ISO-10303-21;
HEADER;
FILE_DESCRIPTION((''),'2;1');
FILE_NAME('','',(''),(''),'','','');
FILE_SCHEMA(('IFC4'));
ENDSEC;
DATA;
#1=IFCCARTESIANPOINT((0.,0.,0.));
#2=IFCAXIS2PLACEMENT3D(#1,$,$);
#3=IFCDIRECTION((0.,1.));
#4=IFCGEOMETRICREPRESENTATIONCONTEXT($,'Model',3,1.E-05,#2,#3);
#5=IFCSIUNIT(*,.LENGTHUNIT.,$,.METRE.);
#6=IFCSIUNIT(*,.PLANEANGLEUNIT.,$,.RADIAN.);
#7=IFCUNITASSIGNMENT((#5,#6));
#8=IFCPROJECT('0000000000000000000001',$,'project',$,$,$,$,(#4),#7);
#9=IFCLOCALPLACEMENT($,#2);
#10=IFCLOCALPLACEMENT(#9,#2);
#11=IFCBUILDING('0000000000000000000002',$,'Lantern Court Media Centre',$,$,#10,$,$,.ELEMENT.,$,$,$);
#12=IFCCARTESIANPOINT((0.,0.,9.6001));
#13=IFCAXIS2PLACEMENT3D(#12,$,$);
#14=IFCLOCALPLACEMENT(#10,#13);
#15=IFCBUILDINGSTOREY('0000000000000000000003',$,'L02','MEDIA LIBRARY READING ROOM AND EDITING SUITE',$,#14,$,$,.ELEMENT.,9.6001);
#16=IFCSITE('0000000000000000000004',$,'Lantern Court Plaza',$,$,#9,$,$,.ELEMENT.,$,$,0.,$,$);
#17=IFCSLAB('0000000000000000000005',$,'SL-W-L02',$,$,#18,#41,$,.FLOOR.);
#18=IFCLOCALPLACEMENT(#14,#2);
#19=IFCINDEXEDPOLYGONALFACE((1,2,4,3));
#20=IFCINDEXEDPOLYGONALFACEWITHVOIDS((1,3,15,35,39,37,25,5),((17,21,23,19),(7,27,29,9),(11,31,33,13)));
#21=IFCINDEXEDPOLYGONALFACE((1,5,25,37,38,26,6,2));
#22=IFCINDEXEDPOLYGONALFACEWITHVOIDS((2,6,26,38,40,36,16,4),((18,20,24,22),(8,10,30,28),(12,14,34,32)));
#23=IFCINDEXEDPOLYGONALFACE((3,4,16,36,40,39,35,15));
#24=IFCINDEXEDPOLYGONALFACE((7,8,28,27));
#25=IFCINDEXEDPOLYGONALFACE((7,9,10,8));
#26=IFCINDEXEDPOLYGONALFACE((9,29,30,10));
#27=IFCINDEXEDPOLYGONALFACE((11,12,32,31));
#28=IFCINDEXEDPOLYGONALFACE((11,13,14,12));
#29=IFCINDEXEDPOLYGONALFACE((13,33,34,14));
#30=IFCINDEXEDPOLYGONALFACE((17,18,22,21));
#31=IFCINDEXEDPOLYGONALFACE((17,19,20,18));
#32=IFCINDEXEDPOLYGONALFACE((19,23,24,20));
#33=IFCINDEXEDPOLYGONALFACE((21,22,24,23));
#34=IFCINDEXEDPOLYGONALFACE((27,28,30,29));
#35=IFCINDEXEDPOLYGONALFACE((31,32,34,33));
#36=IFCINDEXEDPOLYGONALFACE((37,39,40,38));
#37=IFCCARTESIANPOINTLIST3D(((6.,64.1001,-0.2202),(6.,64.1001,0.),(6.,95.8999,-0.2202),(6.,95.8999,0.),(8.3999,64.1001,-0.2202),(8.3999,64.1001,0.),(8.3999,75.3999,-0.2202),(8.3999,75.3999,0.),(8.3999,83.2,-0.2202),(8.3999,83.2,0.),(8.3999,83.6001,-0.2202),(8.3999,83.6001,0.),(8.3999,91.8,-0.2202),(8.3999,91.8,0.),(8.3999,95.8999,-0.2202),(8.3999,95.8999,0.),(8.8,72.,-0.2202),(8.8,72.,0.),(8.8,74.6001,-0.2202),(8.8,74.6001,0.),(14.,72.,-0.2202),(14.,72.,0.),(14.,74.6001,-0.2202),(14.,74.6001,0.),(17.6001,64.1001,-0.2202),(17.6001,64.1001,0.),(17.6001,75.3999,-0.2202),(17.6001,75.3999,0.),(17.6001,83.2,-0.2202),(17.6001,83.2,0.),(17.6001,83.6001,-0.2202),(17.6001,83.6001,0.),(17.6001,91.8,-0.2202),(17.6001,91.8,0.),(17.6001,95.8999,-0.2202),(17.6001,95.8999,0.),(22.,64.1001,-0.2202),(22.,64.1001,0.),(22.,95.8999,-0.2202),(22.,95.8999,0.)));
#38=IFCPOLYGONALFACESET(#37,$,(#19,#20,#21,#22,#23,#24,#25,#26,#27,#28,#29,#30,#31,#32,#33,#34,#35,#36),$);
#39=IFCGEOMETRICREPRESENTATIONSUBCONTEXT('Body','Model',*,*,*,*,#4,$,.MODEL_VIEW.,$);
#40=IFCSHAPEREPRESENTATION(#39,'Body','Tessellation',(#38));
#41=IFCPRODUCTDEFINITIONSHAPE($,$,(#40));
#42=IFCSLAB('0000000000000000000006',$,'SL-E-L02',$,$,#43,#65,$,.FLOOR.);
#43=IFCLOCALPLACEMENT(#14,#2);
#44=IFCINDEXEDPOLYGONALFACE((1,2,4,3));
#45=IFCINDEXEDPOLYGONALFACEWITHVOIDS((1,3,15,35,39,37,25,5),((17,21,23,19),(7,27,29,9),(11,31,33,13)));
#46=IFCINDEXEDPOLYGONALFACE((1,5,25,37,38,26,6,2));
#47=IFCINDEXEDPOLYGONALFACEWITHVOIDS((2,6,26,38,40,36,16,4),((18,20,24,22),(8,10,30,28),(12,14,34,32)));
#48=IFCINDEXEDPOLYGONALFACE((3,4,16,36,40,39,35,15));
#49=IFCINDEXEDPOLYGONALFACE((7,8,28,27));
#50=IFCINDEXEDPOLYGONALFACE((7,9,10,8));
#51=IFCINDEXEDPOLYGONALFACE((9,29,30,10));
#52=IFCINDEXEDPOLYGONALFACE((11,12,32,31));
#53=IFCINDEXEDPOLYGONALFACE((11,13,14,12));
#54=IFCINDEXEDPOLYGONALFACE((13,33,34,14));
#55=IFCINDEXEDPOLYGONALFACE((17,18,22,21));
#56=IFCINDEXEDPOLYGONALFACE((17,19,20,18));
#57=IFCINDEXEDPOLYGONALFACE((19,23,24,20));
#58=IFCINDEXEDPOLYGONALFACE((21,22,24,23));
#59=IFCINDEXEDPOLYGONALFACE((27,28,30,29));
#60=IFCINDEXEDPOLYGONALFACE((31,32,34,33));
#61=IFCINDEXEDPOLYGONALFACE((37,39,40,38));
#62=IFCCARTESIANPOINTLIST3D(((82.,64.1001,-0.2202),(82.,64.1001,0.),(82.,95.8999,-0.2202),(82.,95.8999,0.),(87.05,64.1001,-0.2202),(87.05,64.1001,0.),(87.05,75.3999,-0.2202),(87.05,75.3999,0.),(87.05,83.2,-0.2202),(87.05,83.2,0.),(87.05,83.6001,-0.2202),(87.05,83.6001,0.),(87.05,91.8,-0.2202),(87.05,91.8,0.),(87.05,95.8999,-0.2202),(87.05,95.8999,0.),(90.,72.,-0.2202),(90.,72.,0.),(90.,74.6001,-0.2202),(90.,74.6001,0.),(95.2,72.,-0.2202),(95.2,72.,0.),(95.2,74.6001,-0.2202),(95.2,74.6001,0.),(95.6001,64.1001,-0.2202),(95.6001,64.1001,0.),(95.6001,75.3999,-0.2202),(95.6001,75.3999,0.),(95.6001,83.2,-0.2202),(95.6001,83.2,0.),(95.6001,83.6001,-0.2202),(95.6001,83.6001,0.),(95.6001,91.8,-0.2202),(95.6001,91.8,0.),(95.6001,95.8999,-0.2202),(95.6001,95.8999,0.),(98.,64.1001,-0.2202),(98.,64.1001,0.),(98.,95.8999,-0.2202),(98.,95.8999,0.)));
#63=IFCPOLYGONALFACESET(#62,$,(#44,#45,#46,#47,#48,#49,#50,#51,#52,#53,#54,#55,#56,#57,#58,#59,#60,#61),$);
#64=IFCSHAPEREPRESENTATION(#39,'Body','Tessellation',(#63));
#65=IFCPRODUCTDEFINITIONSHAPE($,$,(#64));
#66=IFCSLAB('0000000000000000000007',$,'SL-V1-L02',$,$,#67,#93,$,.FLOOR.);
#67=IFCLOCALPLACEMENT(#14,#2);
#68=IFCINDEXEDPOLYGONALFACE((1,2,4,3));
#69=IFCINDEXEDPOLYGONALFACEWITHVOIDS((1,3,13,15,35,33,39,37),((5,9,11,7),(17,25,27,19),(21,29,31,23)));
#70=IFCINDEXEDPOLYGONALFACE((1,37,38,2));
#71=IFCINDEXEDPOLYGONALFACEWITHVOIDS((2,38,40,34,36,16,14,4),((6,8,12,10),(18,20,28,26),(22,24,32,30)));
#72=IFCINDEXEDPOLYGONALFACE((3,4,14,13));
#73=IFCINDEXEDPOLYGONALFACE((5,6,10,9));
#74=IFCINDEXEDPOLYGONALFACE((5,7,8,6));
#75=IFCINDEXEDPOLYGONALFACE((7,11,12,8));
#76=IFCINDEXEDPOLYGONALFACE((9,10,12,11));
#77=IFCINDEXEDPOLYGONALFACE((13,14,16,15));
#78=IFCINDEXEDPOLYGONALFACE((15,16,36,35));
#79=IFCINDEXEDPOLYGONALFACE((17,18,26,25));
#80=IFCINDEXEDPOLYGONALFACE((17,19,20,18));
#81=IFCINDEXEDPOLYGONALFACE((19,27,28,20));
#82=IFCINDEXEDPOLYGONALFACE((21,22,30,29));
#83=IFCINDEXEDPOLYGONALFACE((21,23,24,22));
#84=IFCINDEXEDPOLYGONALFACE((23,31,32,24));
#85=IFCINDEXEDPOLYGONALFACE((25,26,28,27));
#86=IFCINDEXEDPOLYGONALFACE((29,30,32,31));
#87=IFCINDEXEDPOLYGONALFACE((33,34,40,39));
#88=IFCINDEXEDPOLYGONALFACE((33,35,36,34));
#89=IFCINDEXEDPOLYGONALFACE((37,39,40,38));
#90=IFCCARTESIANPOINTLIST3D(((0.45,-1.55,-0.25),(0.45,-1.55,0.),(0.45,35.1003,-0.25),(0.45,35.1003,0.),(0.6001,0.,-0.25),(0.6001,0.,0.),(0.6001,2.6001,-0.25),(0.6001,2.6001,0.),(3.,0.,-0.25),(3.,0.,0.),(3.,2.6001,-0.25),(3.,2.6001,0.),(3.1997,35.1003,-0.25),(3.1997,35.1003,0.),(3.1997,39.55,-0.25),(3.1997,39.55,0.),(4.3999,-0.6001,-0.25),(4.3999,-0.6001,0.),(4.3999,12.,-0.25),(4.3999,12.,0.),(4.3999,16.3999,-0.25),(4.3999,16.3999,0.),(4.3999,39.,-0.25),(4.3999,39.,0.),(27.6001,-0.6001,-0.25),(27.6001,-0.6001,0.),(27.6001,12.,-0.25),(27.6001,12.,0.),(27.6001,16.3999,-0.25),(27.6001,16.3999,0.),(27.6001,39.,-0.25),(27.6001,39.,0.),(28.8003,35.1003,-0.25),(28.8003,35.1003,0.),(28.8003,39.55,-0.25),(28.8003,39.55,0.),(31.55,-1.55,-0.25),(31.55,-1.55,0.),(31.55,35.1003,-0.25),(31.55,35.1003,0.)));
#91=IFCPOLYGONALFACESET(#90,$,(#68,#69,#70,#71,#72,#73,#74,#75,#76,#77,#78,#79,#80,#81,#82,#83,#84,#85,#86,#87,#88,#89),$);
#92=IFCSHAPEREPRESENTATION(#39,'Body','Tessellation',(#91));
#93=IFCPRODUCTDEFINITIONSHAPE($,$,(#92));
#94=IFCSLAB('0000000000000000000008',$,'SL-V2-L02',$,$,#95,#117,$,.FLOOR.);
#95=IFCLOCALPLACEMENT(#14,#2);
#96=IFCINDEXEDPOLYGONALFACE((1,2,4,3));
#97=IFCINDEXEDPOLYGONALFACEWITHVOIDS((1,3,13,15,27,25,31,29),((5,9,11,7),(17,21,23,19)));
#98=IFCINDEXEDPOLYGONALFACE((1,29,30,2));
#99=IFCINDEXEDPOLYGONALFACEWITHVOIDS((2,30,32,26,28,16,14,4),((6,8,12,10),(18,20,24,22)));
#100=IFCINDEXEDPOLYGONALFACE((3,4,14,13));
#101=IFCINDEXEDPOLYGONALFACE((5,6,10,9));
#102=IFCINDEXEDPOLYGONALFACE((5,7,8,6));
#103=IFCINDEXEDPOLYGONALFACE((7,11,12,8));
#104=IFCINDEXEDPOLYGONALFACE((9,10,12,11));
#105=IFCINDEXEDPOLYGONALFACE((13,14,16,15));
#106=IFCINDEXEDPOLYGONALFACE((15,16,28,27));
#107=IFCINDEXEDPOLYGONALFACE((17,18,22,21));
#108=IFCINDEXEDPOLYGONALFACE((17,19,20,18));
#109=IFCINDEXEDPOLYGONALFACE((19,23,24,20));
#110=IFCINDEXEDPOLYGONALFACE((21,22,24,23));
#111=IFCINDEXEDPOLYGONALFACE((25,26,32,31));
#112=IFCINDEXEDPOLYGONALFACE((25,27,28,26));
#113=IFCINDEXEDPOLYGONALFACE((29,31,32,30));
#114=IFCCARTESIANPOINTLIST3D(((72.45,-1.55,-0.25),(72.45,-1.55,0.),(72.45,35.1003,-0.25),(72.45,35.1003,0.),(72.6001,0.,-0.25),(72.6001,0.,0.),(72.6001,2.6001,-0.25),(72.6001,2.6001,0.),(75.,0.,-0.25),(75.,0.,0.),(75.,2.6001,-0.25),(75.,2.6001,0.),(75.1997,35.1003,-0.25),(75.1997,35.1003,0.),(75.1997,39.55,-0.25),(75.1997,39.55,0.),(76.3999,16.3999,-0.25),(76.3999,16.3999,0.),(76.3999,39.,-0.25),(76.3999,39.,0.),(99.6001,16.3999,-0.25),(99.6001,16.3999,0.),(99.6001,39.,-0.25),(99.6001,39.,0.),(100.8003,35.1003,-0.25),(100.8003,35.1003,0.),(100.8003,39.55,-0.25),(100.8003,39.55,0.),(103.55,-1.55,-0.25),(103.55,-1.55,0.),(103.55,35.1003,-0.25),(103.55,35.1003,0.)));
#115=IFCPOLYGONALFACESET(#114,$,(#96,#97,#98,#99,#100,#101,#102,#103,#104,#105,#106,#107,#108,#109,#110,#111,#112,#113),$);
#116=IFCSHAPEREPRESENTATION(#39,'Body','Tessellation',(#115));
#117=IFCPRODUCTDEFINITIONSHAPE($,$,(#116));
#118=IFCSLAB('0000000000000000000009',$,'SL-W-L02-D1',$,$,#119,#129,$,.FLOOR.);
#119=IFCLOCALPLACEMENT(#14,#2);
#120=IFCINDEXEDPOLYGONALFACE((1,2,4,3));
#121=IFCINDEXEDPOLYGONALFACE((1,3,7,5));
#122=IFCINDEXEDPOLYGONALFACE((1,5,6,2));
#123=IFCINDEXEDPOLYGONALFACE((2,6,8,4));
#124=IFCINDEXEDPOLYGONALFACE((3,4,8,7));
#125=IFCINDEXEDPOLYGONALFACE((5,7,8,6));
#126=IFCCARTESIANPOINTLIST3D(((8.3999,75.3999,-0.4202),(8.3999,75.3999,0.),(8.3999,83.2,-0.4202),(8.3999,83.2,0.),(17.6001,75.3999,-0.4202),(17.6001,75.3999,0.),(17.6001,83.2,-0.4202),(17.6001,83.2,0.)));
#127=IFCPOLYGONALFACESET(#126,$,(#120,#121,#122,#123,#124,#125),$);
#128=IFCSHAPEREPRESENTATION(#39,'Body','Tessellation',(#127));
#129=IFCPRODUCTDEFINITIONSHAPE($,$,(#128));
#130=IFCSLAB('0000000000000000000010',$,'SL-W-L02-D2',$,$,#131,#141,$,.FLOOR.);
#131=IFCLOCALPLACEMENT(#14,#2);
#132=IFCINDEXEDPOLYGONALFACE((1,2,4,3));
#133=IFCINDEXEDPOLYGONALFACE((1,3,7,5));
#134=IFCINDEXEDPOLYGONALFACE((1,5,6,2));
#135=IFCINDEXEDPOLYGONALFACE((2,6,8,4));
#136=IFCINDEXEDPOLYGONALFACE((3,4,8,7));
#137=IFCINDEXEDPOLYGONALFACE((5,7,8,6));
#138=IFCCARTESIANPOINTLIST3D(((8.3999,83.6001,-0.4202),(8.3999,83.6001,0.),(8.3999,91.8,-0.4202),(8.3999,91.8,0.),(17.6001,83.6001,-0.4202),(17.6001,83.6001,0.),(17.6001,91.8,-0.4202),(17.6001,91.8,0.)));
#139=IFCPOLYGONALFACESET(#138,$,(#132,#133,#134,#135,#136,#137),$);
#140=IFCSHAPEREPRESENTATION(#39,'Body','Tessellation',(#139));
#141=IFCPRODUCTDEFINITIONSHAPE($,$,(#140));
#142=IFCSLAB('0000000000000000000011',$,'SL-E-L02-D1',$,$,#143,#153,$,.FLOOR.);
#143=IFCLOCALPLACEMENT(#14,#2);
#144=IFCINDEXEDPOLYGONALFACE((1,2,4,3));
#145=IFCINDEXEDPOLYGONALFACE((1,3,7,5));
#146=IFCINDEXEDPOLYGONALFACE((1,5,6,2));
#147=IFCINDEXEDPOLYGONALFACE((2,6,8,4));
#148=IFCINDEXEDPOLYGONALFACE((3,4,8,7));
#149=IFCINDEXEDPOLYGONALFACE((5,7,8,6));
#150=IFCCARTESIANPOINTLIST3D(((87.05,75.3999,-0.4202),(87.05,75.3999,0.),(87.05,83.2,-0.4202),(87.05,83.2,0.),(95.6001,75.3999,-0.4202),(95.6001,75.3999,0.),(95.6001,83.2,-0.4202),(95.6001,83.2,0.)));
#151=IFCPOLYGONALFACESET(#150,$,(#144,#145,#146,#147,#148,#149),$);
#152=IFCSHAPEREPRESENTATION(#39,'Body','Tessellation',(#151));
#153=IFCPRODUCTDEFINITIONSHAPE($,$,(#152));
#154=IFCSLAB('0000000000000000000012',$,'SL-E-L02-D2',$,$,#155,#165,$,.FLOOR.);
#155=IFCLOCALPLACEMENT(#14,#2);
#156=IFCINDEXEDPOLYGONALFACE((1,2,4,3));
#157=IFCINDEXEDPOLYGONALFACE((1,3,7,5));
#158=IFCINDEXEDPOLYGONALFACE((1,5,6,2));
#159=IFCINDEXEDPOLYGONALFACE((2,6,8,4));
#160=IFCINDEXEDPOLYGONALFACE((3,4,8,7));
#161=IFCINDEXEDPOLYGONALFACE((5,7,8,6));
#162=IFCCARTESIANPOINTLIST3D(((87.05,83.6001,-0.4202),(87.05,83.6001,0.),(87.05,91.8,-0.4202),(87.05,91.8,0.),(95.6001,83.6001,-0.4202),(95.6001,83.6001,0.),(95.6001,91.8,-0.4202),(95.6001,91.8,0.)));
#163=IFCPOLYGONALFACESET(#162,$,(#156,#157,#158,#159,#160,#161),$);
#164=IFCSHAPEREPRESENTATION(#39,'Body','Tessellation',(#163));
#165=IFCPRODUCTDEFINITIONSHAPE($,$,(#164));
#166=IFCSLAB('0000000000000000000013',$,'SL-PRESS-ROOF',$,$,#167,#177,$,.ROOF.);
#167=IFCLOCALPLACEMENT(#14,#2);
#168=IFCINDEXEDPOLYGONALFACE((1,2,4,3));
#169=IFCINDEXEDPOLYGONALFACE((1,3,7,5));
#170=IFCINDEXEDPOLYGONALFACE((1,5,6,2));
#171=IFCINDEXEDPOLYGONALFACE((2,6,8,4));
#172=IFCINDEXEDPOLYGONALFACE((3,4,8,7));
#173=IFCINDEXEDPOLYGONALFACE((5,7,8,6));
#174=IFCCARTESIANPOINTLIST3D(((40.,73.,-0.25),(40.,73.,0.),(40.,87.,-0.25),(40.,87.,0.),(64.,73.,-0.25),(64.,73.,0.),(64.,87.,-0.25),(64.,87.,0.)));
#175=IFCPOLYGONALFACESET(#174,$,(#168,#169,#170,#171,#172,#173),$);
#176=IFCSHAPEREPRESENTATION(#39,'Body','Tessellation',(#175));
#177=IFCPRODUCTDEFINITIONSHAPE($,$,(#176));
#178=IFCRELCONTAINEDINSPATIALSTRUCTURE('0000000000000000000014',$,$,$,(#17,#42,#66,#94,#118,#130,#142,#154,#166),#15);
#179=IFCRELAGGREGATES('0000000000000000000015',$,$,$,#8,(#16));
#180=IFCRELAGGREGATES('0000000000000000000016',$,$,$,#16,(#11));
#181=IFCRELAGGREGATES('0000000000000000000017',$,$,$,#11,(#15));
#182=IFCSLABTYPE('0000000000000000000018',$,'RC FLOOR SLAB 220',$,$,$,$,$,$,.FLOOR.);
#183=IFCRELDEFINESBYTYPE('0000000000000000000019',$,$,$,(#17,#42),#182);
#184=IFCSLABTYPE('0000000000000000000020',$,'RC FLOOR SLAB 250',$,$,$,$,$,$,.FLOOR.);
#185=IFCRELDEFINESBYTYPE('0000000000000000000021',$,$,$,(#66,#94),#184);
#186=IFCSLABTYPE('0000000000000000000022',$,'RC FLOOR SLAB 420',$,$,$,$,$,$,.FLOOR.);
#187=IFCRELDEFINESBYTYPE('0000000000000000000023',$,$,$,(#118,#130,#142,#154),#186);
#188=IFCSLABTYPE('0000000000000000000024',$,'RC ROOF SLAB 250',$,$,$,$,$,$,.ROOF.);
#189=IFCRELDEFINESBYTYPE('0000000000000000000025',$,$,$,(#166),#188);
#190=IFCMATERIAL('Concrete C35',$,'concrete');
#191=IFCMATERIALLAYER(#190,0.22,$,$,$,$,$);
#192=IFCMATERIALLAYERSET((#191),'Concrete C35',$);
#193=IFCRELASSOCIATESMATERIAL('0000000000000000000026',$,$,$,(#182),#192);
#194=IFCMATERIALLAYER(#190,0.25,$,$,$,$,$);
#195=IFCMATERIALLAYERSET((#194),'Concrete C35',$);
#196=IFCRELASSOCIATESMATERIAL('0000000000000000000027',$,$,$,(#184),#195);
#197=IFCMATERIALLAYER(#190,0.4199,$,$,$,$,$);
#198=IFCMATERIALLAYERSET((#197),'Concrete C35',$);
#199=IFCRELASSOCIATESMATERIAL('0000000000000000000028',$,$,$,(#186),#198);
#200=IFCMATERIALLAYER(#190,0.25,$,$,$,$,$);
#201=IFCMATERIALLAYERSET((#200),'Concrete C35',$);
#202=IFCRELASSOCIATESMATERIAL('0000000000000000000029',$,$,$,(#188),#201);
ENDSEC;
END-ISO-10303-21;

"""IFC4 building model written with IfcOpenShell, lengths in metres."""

from ifc_helpers import new_model, si_unit, direction, frame, origin, place, context, subcontext, project, spatial, polyline, outline, extrude, material, layer, layer_set, type_object, element, save


model = new_model("IFC4")

# Units and contexts
model_context = context("Model", 3, precision=1e-05, world=origin(), true_north=direction((0.0, 1.0)))
body_context = subcontext(model_context, "Body", "Model", "MODEL_VIEW")
ifc_project = project(units=[si_unit("LENGTHUNIT", "METRE"), si_unit("PLANEANGLEUNIT", "RADIAN")], contexts=[model_context])

# Site, building, storey
site_placement = place(None, origin())
site = spatial("IfcSite", under=ifc_project, at=site_placement, Name="Lantern Court Plaza", CompositionType="ELEMENT", RefElevation=0.0)
building_placement = place(site_placement, origin())
building = spatial("IfcBuilding", under=site, at=building_placement, Name="Lantern Court Media Centre", CompositionType="ELEMENT")
storey_placement = place(building_placement, frame((0.0, 0.0, 9.6001)))
storey = spatial("IfcBuildingStorey", under=building, at=storey_placement, Name="L02", Description="MEDIA LIBRARY READING ROOM AND EDITING SUITE", CompositionType="ELEMENT", Elevation=9.6001)

# Slabs
ifc_material_1 = material(Name="Concrete C35", Category="concrete")
ifc_layer_1 = layer(ifc_material_1, 0.22)
ifc_layer_set_1 = layer_set([ifc_layer_1], Name="Concrete C35")
slab_type_1 = type_object("IfcSlabType", Name="RC FLOOR SLAB 220", PredefinedType="FLOOR", material=ifc_layer_set_1)
slab_1_placement = place(storey_placement, frame((0.0, 0.0, -0.2202)))
element("IfcSlab", 1, at=slab_1_placement, inside=storey, type_object=slab_type_1, Name="SL-W-L02", PredefinedType="FLOOR", context=body_context, shape_type="SweptSolid", body=[
    extrude(outline(polyline([(8.3999, 64.1001), (6.0, 64.1001), (6.0, 95.8999), (8.3999, 95.8999), (17.6001, 95.8999), (22.0, 95.8999), (22.0, 64.1001), (17.6001, 64.1001), (8.3999, 64.1001)]), holes=[polyline([(8.3999, 83.6001), (17.6001, 83.6001), (17.6001, 91.8), (8.3999, 91.8), (8.3999, 83.6001)]), polyline([(8.3999, 75.3999), (17.6001, 75.3999), (17.6001, 83.2), (8.3999, 83.2), (8.3999, 75.3999)]), polyline([(14.0, 74.6001), (8.8, 74.6001), (8.8, 72.0), (14.0, 72.0), (14.0, 74.6001)])]), origin(), (0.0, 0.0, 1.0), 0.2202),
])
slab_2_placement = place(storey_placement, frame((0.0, 0.0, -0.2202)))
element("IfcSlab", 2, at=slab_2_placement, inside=storey, type_object=slab_type_1, Name="SL-E-L02", PredefinedType="FLOOR", context=body_context, shape_type="SweptSolid", body=[
    extrude(outline(polyline([(87.05, 64.1001), (82.0, 64.1001), (82.0, 95.8999), (87.05, 95.8999), (95.6001, 95.8999), (98.0, 95.8999), (98.0, 64.1001), (95.6001, 64.1001), (87.05, 64.1001)]), holes=[polyline([(87.05, 83.6001), (95.6001, 83.6001), (95.6001, 91.8), (87.05, 91.8), (87.05, 83.6001)]), polyline([(87.05, 75.3999), (95.6001, 75.3999), (95.6001, 83.2), (87.05, 83.2), (87.05, 75.3999)]), polyline([(95.2, 74.6001), (90.0, 74.6001), (90.0, 72.0), (95.2, 72.0), (95.2, 74.6001)])]), origin(), (0.0, 0.0, 1.0), 0.2202),
])
ifc_layer_2 = layer(ifc_material_1, 0.25)
ifc_layer_set_2 = layer_set([ifc_layer_2], Name="Concrete C35")
slab_type_2 = type_object("IfcSlabType", Name="RC FLOOR SLAB 250", PredefinedType="FLOOR", material=ifc_layer_set_2)
slab_3_placement = place(storey_placement, frame((0.0, 0.0, -0.25)))
element("IfcSlab", 3, at=slab_3_placement, inside=storey, type_object=slab_type_2, Name="SL-V1-L02", PredefinedType="FLOOR", context=body_context, shape_type="SweptSolid", body=[
    extrude(outline(polyline([(0.45, 35.1003), (3.1997, 35.1003), (3.1997, 39.55), (28.8003, 39.55), (28.8003, 35.1003), (31.55, 35.1003), (31.55, -1.55), (0.45, -1.55), (0.45, 35.1003)]), holes=[polyline([(27.6001, 12.0), (4.3999, 12.0), (4.3999, -0.6001), (27.6001, -0.6001), (27.6001, 12.0)]), polyline([(27.6001, 39.0), (4.3999, 39.0), (4.3999, 16.3999), (27.6001, 16.3999), (27.6001, 39.0)]), polyline([(0.6001, 0.0), (3.0, 0.0), (3.0, 2.6001), (0.6001, 2.6001), (0.6001, 0.0)])]), origin(), (0.0, 0.0, 1.0), 0.25),
])
slab_4_placement = place(storey_placement, frame((0.0, 0.0, -0.25)))
element("IfcSlab", 4, at=slab_4_placement, inside=storey, type_object=slab_type_2, Name="SL-V2-L02", PredefinedType="FLOOR", context=body_context, shape_type="SweptSolid", body=[
    extrude(outline(polyline([(72.45, 35.1003), (75.1997, 35.1003), (75.1997, 39.55), (100.8003, 39.55), (100.8003, 35.1003), (103.55, 35.1003), (103.55, -1.55), (72.45, -1.55), (72.45, 35.1003)]), holes=[polyline([(76.3999, 39.0), (76.3999, 16.3999), (99.6001, 16.3999), (99.6001, 39.0), (76.3999, 39.0)]), polyline([(72.6001, 0.0), (75.0, 0.0), (75.0, 2.6001), (72.6001, 2.6001), (72.6001, 0.0)])]), origin(), (0.0, 0.0, 1.0), 0.25),
])
ifc_layer_3 = layer(ifc_material_1, 0.4199)
ifc_layer_set_3 = layer_set([ifc_layer_3], Name="Concrete C35")
slab_type_3 = type_object("IfcSlabType", Name="RC FLOOR SLAB 420", PredefinedType="FLOOR", material=ifc_layer_set_3)
slab_5_placement = place(storey_placement, frame((0.0, 0.0, -0.4202)))
element("IfcSlab", 5, at=slab_5_placement, inside=storey, type_object=slab_type_3, Name="SL-W-L02-D1", PredefinedType="FLOOR", context=body_context, shape_type="SweptSolid", body=[
    extrude(outline(polyline([(17.6001, 75.3999), (17.6001, 83.2), (8.3999, 83.2), (8.3999, 75.3999), (17.6001, 75.3999)])), origin(), (0.0, 0.0, 1.0), 0.4202),
])
slab_6_placement = place(storey_placement, frame((0.0, 0.0, -0.4202)))
element("IfcSlab", 6, at=slab_6_placement, inside=storey, type_object=slab_type_3, Name="SL-W-L02-D2", PredefinedType="FLOOR", context=body_context, shape_type="SweptSolid", body=[
    extrude(outline(polyline([(17.6001, 83.6001), (17.6001, 91.8), (8.3999, 91.8), (8.3999, 83.6001), (17.6001, 83.6001)])), origin(), (0.0, 0.0, 1.0), 0.4202),
])
slab_7_placement = place(storey_placement, frame((0.0, 0.0, -0.4202)))
element("IfcSlab", 7, at=slab_7_placement, inside=storey, type_object=slab_type_3, Name="SL-E-L02-D1", PredefinedType="FLOOR", context=body_context, shape_type="SweptSolid", body=[
    extrude(outline(polyline([(95.6001, 75.3999), (95.6001, 83.2), (87.05, 83.2), (87.05, 75.3999), (95.6001, 75.3999)])), origin(), (0.0, 0.0, 1.0), 0.4202),
])
slab_8_placement = place(storey_placement, frame((0.0, 0.0, -0.4202)))
element("IfcSlab", 8, at=slab_8_placement, inside=storey, type_object=slab_type_3, Name="SL-E-L02-D2", PredefinedType="FLOOR", context=body_context, shape_type="SweptSolid", body=[
    extrude(outline(polyline([(95.6001, 83.6001), (95.6001, 91.8), (87.05, 91.8), (87.05, 83.6001), (95.6001, 83.6001)])), origin(), (0.0, 0.0, 1.0), 0.4202),
])
ifc_layer_4 = layer(ifc_material_1, 0.25)
ifc_layer_set_4 = layer_set([ifc_layer_4], Name="Concrete C35")
slab_type_4 = type_object("IfcSlabType", Name="RC ROOF SLAB 250", PredefinedType="ROOF", material=ifc_layer_set_4)
slab_9_placement = place(storey_placement, frame((0.0, 0.0, -0.25)))
element("IfcSlab", 9, at=slab_9_placement, inside=storey, type_object=slab_type_4, Name="SL-PRESS-ROOF", PredefinedType="ROOF", context=body_context, shape_type="SweptSolid", body=[
    extrude(outline(polyline([(64.0, 73.0), (64.0, 87.0), (40.0, 87.0), (40.0, 73.0), (64.0, 73.0)])), origin(), (0.0, 0.0, 1.0), 0.25),
])

save(model, "model.ifc")
